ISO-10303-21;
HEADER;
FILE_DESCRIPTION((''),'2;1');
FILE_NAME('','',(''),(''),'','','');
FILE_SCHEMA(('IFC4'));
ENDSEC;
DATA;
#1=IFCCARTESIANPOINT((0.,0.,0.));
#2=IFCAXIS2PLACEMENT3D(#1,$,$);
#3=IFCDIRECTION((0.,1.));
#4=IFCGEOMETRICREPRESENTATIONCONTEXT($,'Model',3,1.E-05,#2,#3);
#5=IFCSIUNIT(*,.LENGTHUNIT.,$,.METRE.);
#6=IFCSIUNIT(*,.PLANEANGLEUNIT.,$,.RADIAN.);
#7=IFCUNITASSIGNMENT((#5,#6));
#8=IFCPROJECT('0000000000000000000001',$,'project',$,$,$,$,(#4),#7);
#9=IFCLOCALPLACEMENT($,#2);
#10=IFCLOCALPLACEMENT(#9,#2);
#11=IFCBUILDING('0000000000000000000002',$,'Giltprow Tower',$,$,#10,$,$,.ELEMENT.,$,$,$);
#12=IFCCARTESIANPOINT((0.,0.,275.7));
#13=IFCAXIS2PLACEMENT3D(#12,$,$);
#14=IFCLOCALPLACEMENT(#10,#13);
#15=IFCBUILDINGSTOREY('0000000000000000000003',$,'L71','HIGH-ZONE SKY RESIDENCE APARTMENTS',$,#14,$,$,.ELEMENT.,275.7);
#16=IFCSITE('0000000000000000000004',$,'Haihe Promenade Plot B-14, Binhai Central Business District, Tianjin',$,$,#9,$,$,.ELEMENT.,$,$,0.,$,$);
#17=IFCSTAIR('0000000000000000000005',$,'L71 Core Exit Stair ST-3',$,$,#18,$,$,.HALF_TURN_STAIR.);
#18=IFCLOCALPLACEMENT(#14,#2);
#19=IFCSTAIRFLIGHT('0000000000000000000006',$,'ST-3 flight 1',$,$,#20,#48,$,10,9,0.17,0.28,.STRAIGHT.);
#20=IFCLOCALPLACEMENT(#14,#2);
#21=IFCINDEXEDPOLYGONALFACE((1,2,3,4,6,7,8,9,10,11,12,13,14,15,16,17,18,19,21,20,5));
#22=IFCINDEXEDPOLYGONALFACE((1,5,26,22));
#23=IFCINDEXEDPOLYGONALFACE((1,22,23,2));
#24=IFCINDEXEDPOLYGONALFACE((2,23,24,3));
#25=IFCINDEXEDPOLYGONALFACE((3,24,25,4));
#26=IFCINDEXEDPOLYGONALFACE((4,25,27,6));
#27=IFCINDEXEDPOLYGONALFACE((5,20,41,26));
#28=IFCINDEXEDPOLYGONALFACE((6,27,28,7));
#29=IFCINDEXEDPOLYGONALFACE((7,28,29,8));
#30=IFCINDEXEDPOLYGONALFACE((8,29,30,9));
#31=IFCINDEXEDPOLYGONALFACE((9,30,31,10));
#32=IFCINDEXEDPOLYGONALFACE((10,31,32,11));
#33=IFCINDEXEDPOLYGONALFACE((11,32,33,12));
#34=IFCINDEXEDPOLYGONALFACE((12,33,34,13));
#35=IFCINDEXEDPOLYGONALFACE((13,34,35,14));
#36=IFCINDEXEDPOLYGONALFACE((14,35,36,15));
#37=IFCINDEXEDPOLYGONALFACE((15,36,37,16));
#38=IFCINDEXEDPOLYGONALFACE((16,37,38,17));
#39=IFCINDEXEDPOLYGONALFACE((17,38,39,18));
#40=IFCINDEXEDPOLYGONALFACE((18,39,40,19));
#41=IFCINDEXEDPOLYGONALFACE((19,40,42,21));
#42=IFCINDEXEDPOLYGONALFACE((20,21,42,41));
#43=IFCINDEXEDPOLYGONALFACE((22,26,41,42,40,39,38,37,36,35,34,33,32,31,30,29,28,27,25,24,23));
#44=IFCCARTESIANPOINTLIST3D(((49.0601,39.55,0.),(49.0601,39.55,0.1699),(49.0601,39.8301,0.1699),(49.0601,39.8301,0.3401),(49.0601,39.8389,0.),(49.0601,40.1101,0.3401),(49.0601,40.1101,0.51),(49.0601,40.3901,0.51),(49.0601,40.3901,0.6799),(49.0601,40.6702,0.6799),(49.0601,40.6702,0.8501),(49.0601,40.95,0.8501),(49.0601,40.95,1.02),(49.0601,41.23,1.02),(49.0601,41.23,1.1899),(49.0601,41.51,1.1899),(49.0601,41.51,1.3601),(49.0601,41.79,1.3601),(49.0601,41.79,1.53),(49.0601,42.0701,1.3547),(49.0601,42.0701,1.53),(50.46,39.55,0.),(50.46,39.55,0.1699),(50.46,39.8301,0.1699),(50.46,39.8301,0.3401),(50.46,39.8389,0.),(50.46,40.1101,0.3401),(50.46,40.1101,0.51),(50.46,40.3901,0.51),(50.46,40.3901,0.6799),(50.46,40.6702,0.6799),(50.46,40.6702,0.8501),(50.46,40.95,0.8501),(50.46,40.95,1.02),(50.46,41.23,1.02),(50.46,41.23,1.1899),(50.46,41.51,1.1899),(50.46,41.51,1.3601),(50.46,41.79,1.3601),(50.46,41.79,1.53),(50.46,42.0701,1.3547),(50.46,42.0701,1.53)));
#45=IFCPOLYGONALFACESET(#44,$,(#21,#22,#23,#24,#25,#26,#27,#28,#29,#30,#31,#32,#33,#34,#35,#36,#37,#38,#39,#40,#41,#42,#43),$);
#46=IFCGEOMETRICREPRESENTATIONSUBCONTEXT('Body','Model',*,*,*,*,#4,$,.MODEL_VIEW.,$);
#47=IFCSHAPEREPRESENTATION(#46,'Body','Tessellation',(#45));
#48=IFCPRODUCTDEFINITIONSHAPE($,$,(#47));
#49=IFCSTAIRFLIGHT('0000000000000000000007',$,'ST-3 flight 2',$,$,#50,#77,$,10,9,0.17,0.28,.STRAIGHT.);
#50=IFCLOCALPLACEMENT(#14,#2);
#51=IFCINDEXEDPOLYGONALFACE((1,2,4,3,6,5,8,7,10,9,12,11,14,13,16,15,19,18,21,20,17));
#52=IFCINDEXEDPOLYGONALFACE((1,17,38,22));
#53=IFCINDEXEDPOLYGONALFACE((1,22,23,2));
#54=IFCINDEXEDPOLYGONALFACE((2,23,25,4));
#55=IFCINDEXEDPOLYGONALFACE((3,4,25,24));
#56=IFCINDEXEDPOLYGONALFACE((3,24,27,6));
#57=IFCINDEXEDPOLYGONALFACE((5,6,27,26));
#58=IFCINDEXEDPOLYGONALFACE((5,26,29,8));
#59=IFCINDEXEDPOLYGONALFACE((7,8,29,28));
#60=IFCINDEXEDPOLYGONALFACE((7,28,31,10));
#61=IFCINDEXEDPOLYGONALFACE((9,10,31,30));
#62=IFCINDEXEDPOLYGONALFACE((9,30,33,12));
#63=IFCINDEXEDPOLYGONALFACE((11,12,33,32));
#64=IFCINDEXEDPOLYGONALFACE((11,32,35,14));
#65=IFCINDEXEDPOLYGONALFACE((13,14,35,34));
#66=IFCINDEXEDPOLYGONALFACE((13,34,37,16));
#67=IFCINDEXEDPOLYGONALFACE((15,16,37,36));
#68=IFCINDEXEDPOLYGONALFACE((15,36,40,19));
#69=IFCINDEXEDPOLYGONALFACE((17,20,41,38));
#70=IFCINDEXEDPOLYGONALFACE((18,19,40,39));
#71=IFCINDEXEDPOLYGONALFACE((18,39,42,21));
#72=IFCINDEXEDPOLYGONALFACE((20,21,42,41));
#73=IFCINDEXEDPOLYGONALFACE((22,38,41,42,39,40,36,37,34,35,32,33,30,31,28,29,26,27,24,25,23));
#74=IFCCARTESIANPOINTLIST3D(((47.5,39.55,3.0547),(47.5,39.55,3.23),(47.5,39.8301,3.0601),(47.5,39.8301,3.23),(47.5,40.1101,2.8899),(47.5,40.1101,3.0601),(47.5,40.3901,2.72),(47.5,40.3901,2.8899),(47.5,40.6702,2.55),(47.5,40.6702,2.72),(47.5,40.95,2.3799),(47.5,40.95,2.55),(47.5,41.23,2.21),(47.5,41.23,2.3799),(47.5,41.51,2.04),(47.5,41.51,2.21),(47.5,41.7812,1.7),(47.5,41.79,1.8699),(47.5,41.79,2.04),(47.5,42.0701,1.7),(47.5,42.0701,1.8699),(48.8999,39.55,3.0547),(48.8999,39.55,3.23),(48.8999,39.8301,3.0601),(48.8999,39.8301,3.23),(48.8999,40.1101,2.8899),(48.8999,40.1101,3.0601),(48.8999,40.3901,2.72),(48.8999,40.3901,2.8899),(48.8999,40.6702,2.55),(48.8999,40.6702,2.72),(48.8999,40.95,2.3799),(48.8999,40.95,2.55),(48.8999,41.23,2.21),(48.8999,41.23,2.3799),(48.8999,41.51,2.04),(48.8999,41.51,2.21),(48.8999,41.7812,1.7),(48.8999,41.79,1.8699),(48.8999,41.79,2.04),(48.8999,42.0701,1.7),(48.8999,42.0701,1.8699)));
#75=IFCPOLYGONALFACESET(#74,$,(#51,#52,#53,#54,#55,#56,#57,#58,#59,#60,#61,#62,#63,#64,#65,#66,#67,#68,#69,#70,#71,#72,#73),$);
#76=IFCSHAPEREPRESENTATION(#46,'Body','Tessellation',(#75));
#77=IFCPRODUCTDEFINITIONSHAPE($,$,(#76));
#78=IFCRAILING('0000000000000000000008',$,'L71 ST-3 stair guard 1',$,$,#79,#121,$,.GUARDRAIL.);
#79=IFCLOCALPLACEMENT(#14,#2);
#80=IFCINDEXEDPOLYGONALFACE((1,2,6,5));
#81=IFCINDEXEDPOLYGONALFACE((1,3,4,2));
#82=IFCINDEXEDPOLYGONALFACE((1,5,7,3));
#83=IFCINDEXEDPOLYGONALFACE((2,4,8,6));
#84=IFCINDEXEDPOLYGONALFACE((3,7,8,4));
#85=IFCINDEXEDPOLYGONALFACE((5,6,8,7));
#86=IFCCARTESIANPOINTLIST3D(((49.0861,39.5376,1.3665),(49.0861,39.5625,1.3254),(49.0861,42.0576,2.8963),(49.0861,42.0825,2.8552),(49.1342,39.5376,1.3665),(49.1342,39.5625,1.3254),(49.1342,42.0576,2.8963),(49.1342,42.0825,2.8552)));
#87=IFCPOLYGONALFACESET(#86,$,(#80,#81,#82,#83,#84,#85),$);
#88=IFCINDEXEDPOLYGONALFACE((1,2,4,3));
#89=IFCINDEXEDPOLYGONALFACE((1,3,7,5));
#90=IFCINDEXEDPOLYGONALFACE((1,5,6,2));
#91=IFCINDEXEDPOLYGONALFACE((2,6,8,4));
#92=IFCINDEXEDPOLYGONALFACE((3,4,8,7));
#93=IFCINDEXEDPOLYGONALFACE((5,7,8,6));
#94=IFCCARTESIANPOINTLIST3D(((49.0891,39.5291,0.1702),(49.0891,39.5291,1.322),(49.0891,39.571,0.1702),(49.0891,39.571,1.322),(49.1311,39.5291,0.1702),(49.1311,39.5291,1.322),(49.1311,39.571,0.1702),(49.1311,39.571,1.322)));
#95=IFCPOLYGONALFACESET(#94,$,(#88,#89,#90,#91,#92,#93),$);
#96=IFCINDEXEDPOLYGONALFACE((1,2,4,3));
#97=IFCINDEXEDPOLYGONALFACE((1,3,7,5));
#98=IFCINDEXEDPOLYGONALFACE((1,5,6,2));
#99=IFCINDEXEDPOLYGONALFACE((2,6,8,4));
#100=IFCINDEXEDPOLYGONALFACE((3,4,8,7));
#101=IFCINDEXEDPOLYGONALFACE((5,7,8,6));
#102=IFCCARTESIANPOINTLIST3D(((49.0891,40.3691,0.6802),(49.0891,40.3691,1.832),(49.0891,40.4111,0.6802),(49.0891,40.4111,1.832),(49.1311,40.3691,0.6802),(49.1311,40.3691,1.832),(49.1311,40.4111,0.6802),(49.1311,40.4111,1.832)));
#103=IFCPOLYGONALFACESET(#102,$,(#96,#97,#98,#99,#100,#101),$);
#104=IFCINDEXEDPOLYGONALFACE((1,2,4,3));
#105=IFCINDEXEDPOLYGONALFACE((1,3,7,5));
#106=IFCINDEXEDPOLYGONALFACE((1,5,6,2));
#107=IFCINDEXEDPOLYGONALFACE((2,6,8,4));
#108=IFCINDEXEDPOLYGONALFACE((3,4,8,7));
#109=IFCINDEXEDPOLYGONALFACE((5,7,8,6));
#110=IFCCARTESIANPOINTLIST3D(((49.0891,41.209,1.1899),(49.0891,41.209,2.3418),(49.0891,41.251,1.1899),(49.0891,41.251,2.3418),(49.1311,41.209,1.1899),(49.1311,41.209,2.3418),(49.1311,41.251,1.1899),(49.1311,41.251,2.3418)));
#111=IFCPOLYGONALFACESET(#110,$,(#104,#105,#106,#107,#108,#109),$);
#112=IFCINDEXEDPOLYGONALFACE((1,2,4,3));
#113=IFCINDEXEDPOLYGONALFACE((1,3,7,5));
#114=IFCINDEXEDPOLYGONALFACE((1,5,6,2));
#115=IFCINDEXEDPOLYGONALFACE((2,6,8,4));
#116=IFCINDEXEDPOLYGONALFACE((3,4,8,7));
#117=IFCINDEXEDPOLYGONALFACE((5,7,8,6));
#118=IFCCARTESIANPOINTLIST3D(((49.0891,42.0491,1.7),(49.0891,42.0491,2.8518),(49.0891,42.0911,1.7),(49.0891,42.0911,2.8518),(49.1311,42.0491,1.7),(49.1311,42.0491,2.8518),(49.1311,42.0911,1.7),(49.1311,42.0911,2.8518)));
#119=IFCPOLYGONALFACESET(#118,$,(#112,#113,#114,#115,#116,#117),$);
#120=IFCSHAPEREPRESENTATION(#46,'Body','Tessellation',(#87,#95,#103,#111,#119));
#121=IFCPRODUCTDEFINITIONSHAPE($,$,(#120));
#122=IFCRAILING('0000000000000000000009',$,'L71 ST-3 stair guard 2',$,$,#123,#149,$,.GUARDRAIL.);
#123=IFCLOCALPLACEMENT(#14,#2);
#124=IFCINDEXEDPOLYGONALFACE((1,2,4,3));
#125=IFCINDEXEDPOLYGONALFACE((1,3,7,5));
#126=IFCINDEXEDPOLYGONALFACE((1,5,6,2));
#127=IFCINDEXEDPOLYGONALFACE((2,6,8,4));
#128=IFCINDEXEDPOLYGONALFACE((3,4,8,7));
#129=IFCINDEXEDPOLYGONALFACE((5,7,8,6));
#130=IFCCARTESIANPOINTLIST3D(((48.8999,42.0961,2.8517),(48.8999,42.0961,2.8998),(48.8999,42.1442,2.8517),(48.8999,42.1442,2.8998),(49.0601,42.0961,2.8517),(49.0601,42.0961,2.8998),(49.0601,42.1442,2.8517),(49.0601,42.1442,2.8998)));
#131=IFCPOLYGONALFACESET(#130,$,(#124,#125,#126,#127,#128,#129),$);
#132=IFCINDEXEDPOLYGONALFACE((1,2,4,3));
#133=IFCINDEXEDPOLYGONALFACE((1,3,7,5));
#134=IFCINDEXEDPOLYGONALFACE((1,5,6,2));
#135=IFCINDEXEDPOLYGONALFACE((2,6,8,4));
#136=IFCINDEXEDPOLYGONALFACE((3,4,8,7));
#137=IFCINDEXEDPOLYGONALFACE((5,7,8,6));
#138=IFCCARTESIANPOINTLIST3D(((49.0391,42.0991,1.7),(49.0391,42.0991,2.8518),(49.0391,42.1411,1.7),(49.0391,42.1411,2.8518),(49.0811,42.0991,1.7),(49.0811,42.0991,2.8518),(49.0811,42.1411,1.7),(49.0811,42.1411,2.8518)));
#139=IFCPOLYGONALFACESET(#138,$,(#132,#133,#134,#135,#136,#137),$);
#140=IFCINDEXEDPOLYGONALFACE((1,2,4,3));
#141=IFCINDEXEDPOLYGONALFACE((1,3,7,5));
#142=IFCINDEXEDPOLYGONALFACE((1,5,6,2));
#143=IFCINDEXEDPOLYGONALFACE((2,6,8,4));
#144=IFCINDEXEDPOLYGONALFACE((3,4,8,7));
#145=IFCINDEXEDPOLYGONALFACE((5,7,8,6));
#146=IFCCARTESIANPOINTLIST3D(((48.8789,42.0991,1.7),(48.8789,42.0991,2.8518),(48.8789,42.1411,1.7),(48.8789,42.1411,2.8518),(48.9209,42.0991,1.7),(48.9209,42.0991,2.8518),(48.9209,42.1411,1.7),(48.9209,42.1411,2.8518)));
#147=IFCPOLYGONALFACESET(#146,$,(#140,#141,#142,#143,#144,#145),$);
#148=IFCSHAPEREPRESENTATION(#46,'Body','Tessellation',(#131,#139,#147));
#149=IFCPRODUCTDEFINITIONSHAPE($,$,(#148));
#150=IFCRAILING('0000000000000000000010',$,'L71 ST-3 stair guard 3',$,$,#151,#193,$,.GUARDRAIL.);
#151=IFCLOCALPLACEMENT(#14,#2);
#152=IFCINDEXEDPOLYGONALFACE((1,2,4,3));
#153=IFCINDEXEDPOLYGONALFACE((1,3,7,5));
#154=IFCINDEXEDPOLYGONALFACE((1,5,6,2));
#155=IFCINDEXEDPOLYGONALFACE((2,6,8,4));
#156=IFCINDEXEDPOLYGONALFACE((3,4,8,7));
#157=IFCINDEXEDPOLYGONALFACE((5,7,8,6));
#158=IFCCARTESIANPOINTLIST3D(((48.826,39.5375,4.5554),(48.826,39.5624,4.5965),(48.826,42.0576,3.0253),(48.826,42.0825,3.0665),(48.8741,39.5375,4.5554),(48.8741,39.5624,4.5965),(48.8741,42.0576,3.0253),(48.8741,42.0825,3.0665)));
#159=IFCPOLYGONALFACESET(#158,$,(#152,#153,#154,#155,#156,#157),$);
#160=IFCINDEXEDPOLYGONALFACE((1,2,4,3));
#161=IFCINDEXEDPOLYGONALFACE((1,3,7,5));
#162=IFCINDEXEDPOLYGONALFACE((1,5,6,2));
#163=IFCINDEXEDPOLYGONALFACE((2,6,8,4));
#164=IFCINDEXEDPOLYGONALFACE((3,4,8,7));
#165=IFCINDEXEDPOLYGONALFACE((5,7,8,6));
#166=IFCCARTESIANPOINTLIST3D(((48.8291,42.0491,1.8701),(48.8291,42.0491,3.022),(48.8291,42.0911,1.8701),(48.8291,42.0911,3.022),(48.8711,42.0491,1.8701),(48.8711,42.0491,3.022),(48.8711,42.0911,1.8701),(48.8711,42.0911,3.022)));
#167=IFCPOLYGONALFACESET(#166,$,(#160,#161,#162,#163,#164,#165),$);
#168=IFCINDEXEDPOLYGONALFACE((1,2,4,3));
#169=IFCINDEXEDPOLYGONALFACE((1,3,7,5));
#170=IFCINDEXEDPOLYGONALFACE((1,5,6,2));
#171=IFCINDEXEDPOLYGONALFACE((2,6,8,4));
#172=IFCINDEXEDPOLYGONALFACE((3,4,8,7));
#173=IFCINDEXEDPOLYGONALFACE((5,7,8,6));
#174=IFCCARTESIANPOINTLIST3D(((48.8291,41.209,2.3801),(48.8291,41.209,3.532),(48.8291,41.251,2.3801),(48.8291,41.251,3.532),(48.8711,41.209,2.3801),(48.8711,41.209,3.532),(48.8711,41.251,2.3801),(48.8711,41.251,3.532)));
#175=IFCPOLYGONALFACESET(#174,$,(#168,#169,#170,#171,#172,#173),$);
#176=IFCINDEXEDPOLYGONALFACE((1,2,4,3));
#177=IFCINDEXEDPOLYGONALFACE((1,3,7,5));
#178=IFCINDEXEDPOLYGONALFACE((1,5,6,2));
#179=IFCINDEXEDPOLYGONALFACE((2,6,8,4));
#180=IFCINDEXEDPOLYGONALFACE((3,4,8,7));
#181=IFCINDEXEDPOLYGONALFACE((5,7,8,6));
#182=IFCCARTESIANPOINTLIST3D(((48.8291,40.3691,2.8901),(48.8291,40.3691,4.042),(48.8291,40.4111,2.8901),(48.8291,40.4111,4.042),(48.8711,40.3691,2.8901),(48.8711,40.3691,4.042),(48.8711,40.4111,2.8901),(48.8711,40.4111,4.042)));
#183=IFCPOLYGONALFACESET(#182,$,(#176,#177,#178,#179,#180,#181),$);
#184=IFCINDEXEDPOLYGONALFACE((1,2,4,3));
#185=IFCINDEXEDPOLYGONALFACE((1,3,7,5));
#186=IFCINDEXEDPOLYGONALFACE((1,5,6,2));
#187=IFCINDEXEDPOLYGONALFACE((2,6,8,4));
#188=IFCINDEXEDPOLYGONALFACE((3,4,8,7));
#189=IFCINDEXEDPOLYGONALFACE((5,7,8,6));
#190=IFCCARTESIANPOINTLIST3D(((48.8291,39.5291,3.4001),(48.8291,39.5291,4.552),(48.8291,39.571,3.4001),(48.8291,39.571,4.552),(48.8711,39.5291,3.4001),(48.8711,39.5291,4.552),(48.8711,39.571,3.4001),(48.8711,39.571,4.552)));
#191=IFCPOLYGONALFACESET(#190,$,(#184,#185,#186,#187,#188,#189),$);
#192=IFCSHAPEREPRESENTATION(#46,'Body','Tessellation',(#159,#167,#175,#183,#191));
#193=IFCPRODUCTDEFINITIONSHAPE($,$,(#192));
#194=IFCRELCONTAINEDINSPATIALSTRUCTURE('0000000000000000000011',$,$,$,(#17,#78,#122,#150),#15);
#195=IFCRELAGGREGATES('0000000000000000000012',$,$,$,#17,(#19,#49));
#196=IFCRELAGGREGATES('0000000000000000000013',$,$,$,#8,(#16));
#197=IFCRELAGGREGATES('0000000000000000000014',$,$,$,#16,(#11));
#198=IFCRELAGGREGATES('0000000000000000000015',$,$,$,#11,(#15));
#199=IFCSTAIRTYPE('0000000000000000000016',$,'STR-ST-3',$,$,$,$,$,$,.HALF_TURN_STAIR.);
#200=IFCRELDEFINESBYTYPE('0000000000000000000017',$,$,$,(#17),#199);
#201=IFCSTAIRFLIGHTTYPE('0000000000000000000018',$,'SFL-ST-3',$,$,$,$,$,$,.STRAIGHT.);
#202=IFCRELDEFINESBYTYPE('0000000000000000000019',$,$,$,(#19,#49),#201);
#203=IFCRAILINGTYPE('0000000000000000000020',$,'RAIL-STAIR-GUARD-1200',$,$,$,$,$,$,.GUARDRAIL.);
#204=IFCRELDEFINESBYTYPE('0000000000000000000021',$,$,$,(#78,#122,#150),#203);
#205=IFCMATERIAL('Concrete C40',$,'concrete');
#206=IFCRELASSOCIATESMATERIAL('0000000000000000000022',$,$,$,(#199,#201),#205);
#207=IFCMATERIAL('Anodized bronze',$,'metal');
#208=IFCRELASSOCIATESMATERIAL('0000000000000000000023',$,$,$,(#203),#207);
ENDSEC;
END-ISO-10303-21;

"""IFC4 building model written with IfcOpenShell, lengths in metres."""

from ifc_helpers import new_model, si_unit, direction, frame, origin, origin_2d, place, context, subcontext, project, spatial, polyline, rectangle, outline, extrude, material, type_object, element, aggregate, save


model = new_model("IFC4")

# Units and contexts
model_context = context("Model", 3, precision=1e-05, world=origin(), true_north=direction((0.0, 1.0)))
body_context = subcontext(model_context, "Body", "Model", "MODEL_VIEW")
ifc_project = project(units=[si_unit("LENGTHUNIT", "METRE"), si_unit("PLANEANGLEUNIT", "RADIAN")], contexts=[model_context])

# Site, building, storey
site_placement = place(None, origin())
site = spatial("IfcSite", under=ifc_project, at=site_placement, Name="Haihe Promenade Plot B-14, Binhai Central Business District, Tianjin", CompositionType="ELEMENT", RefElevation=0.0)
building_placement = place(site_placement, origin())
building = spatial("IfcBuilding", under=site, at=building_placement, Name="Giltprow Tower", CompositionType="ELEMENT")
storey_placement = place(building_placement, frame((0.0, 0.0, 275.7)))
storey = spatial("IfcBuildingStorey", under=building, at=storey_placement, Name="L71", Description="HIGH-ZONE SKY RESIDENCE APARTMENTS", CompositionType="ELEMENT", Elevation=275.7)

# Stair, stair flights
ifc_material_1 = material(Name="Concrete C40", Category="concrete")
stair_type = type_object("IfcStairType", Name="STR-ST-3", PredefinedType="HALF_TURN_STAIR", material=ifc_material_1)
stair_placement = place(storey_placement, origin())
stair = element("IfcStair", 1, at=stair_placement, inside=storey, type_object=stair_type, Name="L71 Core Exit Stair ST-3", PredefinedType="HALF_TURN_STAIR")
stair_flight_type = type_object("IfcStairFlightType", Name="SFL-ST-3", PredefinedType="STRAIGHT", material=ifc_material_1)
stair_flight_1_placement = place(storey_placement, frame((49.76, 39.55, 0.0), z_axis=(0.0, 0.0, 1.0), x_axis=(0.0, 1.0, 0.0)))
stair_flight_1 = element("IfcStairFlight", 2, at=stair_flight_1_placement, type_object=stair_flight_type, Name="ST-3 flight 1", NumberOfRisers=10, NumberOfTreads=9, PredefinedType="STRAIGHT", RiserHeight=0.17, TreadLength=0.28, context=body_context, shape_type="SweptSolid", body=[
    extrude(outline(polyline([(0.0, 0.0), (0.0, 0.1699), (0.28, 0.1699), (0.28, 0.3401), (0.5601, 0.3401), (0.5601, 0.51), (0.8401, 0.51), (0.8401, 0.6799), (1.1201, 0.6799), (1.1201, 0.8501), (1.3999, 0.8501), (1.3999, 1.02), (1.6799, 1.02), (1.6799, 1.1899), (1.96, 1.1899), (1.96, 1.3601), (2.24, 1.3601), (2.24, 1.53), (2.52, 1.53), (2.52, 1.7), (2.52, 1.3547), (0.2888, 0.0), (0.0, 0.0)])), frame((0.0, 0.7, 0.0), z_axis=(0.0, -1.0, 0.0), x_axis=(1.0, 0.0, 0.0)), (0.0, 0.0, 1.0), 1.3999),
])
stair_flight_2_placement = place(storey_placement, frame((48.2, 42.0701, 1.7), z_axis=(0.0, 0.0, 1.0), x_axis=(0.0, -1.0, 0.0)))
stair_flight_2 = element("IfcStairFlight", 3, at=stair_flight_2_placement, type_object=stair_flight_type, Name="ST-3 flight 2", NumberOfRisers=10, NumberOfTreads=9, PredefinedType="STRAIGHT", RiserHeight=0.17, TreadLength=0.28, context=body_context, shape_type="SweptSolid", body=[
    extrude(outline(polyline([(0.0, 0.0), (0.0, 0.1699), (0.28, 0.1699), (0.28, 0.3401), (0.5601, 0.3401), (0.5601, 0.51), (0.8401, 0.51), (0.8401, 0.6799), (1.1201, 0.6799), (1.1201, 0.8501), (1.3999, 0.8501), (1.3999, 1.02), (1.6799, 1.02), (1.6799, 1.1899), (1.96, 1.1899), (1.96, 1.3601), (2.24, 1.3601), (2.24, 1.53), (2.52, 1.53), (2.52, 1.7), (2.52, 1.3547), (0.2888, 0.0), (0.0, 0.0)])), frame((0.0, 0.7, 0.0), z_axis=(0.0, -1.0, 0.0), x_axis=(1.0, 0.0, 0.0)), (0.0, 0.0, 1.0), 1.3999),
])
aggregate(stair, [stair_flight_1, stair_flight_2])

# Railings
ifc_material_2 = material(Name="Anodized bronze", Category="metal")
railing_type_1 = type_object("IfcRailingType", Name="RAIL-STAIR-GUARD-1200", PredefinedType="GUARDRAIL", material=ifc_material_2)
railing_1_placement = place(storey_placement, frame((49.1101, 39.55, 0.1702)))
element("IfcRailing", 4, at=railing_1_placement, inside=storey, type_object=railing_type_1, Name="L71 ST-3 stair guard 1", PredefinedType="GUARDRAIL", context=body_context, shape_type="SweptSolid", body=[
    extrude(rectangle(XDim=0.0481, YDim=0.0481, at=origin_2d()), frame((0.0, 0.0, 1.1758), z_axis=(0.0, 0.854822, 0.518922), x_axis=(-1.0, 0.0, 0.0)), (0.0, 0.0, 1.0), 2.948),
    extrude(rectangle(XDim=0.042, YDim=0.042, at=origin_2d()), origin(), (0.0, 0.0, 1.0), 1.1519),
    extrude(rectangle(XDim=0.042, YDim=0.042, at=origin_2d()), frame((0.0, 0.8401, 0.51)), (0.0, 0.0, 1.0), 1.1519),
    extrude(rectangle(XDim=0.042, YDim=0.042, at=origin_2d()), frame((0.0, 1.6799, 1.0198)), (0.0, 0.0, 1.0), 1.1519),
    extrude(rectangle(XDim=0.042, YDim=0.042, at=origin_2d()), frame((0.0, 2.52, 1.5298)), (0.0, 0.0, 1.0), 1.1519),
])
railing_2_placement = place(storey_placement, frame((49.0601, 42.1201, 1.7)))
element("IfcRailing", 5, at=railing_2_placement, inside=storey, type_object=railing_type_1, Name="L71 ST-3 stair guard 2", PredefinedType="GUARDRAIL", context=body_context, shape_type="SweptSolid", body=[
    extrude(rectangle(XDim=0.0481, YDim=0.0481, at=origin_2d()), frame((0.0, 0.0, 1.1758), z_axis=(-1.0, 0.0, 0.0), x_axis=(0.0, -1.0, 0.0)), (0.0, 0.0, 1.0), 0.1602),
    extrude(rectangle(XDim=0.042, YDim=0.042, at=origin_2d()), origin(), (0.0, 0.0, 1.0), 1.1519),
    extrude(rectangle(XDim=0.042, YDim=0.042, at=origin_2d()), frame((-0.1602, 0.0, 0.0)), (0.0, 0.0, 1.0), 1.1519),
])
railing_3_placement = place(storey_placement, frame((48.8501, 42.0701, 1.8701)))
element("IfcRailing", 6, at=railing_3_placement, inside=storey, type_object=railing_type_1, Name="L71 ST-3 stair guard 3", PredefinedType="GUARDRAIL", context=body_context, shape_type="SweptSolid", body=[
    extrude(rectangle(XDim=0.0481, YDim=0.0481, at=origin_2d()), frame((0.0, 0.0, 1.1758), z_axis=(0.0, -0.854785, 0.518982), x_axis=(1.0, 0.0, 0.0)), (0.0, 0.0, 1.0), 2.9482),
    extrude(rectangle(XDim=0.042, YDim=0.042, at=origin_2d()), origin(), (0.0, 0.0, 1.0), 1.1519),
    extrude(rectangle(XDim=0.042, YDim=0.042, at=origin_2d()), frame((0.0, -0.8401, 0.51)), (0.0, 0.0, 1.0), 1.1519),
    extrude(rectangle(XDim=0.042, YDim=0.042, at=origin_2d()), frame((0.0, -1.6799, 1.02)), (0.0, 0.0, 1.0), 1.1519),
    extrude(rectangle(XDim=0.042, YDim=0.042, at=origin_2d()), frame((0.0, -2.52, 1.53)), (0.0, 0.0, 1.0), 1.1519),
])

save(model, "model.ifc")
